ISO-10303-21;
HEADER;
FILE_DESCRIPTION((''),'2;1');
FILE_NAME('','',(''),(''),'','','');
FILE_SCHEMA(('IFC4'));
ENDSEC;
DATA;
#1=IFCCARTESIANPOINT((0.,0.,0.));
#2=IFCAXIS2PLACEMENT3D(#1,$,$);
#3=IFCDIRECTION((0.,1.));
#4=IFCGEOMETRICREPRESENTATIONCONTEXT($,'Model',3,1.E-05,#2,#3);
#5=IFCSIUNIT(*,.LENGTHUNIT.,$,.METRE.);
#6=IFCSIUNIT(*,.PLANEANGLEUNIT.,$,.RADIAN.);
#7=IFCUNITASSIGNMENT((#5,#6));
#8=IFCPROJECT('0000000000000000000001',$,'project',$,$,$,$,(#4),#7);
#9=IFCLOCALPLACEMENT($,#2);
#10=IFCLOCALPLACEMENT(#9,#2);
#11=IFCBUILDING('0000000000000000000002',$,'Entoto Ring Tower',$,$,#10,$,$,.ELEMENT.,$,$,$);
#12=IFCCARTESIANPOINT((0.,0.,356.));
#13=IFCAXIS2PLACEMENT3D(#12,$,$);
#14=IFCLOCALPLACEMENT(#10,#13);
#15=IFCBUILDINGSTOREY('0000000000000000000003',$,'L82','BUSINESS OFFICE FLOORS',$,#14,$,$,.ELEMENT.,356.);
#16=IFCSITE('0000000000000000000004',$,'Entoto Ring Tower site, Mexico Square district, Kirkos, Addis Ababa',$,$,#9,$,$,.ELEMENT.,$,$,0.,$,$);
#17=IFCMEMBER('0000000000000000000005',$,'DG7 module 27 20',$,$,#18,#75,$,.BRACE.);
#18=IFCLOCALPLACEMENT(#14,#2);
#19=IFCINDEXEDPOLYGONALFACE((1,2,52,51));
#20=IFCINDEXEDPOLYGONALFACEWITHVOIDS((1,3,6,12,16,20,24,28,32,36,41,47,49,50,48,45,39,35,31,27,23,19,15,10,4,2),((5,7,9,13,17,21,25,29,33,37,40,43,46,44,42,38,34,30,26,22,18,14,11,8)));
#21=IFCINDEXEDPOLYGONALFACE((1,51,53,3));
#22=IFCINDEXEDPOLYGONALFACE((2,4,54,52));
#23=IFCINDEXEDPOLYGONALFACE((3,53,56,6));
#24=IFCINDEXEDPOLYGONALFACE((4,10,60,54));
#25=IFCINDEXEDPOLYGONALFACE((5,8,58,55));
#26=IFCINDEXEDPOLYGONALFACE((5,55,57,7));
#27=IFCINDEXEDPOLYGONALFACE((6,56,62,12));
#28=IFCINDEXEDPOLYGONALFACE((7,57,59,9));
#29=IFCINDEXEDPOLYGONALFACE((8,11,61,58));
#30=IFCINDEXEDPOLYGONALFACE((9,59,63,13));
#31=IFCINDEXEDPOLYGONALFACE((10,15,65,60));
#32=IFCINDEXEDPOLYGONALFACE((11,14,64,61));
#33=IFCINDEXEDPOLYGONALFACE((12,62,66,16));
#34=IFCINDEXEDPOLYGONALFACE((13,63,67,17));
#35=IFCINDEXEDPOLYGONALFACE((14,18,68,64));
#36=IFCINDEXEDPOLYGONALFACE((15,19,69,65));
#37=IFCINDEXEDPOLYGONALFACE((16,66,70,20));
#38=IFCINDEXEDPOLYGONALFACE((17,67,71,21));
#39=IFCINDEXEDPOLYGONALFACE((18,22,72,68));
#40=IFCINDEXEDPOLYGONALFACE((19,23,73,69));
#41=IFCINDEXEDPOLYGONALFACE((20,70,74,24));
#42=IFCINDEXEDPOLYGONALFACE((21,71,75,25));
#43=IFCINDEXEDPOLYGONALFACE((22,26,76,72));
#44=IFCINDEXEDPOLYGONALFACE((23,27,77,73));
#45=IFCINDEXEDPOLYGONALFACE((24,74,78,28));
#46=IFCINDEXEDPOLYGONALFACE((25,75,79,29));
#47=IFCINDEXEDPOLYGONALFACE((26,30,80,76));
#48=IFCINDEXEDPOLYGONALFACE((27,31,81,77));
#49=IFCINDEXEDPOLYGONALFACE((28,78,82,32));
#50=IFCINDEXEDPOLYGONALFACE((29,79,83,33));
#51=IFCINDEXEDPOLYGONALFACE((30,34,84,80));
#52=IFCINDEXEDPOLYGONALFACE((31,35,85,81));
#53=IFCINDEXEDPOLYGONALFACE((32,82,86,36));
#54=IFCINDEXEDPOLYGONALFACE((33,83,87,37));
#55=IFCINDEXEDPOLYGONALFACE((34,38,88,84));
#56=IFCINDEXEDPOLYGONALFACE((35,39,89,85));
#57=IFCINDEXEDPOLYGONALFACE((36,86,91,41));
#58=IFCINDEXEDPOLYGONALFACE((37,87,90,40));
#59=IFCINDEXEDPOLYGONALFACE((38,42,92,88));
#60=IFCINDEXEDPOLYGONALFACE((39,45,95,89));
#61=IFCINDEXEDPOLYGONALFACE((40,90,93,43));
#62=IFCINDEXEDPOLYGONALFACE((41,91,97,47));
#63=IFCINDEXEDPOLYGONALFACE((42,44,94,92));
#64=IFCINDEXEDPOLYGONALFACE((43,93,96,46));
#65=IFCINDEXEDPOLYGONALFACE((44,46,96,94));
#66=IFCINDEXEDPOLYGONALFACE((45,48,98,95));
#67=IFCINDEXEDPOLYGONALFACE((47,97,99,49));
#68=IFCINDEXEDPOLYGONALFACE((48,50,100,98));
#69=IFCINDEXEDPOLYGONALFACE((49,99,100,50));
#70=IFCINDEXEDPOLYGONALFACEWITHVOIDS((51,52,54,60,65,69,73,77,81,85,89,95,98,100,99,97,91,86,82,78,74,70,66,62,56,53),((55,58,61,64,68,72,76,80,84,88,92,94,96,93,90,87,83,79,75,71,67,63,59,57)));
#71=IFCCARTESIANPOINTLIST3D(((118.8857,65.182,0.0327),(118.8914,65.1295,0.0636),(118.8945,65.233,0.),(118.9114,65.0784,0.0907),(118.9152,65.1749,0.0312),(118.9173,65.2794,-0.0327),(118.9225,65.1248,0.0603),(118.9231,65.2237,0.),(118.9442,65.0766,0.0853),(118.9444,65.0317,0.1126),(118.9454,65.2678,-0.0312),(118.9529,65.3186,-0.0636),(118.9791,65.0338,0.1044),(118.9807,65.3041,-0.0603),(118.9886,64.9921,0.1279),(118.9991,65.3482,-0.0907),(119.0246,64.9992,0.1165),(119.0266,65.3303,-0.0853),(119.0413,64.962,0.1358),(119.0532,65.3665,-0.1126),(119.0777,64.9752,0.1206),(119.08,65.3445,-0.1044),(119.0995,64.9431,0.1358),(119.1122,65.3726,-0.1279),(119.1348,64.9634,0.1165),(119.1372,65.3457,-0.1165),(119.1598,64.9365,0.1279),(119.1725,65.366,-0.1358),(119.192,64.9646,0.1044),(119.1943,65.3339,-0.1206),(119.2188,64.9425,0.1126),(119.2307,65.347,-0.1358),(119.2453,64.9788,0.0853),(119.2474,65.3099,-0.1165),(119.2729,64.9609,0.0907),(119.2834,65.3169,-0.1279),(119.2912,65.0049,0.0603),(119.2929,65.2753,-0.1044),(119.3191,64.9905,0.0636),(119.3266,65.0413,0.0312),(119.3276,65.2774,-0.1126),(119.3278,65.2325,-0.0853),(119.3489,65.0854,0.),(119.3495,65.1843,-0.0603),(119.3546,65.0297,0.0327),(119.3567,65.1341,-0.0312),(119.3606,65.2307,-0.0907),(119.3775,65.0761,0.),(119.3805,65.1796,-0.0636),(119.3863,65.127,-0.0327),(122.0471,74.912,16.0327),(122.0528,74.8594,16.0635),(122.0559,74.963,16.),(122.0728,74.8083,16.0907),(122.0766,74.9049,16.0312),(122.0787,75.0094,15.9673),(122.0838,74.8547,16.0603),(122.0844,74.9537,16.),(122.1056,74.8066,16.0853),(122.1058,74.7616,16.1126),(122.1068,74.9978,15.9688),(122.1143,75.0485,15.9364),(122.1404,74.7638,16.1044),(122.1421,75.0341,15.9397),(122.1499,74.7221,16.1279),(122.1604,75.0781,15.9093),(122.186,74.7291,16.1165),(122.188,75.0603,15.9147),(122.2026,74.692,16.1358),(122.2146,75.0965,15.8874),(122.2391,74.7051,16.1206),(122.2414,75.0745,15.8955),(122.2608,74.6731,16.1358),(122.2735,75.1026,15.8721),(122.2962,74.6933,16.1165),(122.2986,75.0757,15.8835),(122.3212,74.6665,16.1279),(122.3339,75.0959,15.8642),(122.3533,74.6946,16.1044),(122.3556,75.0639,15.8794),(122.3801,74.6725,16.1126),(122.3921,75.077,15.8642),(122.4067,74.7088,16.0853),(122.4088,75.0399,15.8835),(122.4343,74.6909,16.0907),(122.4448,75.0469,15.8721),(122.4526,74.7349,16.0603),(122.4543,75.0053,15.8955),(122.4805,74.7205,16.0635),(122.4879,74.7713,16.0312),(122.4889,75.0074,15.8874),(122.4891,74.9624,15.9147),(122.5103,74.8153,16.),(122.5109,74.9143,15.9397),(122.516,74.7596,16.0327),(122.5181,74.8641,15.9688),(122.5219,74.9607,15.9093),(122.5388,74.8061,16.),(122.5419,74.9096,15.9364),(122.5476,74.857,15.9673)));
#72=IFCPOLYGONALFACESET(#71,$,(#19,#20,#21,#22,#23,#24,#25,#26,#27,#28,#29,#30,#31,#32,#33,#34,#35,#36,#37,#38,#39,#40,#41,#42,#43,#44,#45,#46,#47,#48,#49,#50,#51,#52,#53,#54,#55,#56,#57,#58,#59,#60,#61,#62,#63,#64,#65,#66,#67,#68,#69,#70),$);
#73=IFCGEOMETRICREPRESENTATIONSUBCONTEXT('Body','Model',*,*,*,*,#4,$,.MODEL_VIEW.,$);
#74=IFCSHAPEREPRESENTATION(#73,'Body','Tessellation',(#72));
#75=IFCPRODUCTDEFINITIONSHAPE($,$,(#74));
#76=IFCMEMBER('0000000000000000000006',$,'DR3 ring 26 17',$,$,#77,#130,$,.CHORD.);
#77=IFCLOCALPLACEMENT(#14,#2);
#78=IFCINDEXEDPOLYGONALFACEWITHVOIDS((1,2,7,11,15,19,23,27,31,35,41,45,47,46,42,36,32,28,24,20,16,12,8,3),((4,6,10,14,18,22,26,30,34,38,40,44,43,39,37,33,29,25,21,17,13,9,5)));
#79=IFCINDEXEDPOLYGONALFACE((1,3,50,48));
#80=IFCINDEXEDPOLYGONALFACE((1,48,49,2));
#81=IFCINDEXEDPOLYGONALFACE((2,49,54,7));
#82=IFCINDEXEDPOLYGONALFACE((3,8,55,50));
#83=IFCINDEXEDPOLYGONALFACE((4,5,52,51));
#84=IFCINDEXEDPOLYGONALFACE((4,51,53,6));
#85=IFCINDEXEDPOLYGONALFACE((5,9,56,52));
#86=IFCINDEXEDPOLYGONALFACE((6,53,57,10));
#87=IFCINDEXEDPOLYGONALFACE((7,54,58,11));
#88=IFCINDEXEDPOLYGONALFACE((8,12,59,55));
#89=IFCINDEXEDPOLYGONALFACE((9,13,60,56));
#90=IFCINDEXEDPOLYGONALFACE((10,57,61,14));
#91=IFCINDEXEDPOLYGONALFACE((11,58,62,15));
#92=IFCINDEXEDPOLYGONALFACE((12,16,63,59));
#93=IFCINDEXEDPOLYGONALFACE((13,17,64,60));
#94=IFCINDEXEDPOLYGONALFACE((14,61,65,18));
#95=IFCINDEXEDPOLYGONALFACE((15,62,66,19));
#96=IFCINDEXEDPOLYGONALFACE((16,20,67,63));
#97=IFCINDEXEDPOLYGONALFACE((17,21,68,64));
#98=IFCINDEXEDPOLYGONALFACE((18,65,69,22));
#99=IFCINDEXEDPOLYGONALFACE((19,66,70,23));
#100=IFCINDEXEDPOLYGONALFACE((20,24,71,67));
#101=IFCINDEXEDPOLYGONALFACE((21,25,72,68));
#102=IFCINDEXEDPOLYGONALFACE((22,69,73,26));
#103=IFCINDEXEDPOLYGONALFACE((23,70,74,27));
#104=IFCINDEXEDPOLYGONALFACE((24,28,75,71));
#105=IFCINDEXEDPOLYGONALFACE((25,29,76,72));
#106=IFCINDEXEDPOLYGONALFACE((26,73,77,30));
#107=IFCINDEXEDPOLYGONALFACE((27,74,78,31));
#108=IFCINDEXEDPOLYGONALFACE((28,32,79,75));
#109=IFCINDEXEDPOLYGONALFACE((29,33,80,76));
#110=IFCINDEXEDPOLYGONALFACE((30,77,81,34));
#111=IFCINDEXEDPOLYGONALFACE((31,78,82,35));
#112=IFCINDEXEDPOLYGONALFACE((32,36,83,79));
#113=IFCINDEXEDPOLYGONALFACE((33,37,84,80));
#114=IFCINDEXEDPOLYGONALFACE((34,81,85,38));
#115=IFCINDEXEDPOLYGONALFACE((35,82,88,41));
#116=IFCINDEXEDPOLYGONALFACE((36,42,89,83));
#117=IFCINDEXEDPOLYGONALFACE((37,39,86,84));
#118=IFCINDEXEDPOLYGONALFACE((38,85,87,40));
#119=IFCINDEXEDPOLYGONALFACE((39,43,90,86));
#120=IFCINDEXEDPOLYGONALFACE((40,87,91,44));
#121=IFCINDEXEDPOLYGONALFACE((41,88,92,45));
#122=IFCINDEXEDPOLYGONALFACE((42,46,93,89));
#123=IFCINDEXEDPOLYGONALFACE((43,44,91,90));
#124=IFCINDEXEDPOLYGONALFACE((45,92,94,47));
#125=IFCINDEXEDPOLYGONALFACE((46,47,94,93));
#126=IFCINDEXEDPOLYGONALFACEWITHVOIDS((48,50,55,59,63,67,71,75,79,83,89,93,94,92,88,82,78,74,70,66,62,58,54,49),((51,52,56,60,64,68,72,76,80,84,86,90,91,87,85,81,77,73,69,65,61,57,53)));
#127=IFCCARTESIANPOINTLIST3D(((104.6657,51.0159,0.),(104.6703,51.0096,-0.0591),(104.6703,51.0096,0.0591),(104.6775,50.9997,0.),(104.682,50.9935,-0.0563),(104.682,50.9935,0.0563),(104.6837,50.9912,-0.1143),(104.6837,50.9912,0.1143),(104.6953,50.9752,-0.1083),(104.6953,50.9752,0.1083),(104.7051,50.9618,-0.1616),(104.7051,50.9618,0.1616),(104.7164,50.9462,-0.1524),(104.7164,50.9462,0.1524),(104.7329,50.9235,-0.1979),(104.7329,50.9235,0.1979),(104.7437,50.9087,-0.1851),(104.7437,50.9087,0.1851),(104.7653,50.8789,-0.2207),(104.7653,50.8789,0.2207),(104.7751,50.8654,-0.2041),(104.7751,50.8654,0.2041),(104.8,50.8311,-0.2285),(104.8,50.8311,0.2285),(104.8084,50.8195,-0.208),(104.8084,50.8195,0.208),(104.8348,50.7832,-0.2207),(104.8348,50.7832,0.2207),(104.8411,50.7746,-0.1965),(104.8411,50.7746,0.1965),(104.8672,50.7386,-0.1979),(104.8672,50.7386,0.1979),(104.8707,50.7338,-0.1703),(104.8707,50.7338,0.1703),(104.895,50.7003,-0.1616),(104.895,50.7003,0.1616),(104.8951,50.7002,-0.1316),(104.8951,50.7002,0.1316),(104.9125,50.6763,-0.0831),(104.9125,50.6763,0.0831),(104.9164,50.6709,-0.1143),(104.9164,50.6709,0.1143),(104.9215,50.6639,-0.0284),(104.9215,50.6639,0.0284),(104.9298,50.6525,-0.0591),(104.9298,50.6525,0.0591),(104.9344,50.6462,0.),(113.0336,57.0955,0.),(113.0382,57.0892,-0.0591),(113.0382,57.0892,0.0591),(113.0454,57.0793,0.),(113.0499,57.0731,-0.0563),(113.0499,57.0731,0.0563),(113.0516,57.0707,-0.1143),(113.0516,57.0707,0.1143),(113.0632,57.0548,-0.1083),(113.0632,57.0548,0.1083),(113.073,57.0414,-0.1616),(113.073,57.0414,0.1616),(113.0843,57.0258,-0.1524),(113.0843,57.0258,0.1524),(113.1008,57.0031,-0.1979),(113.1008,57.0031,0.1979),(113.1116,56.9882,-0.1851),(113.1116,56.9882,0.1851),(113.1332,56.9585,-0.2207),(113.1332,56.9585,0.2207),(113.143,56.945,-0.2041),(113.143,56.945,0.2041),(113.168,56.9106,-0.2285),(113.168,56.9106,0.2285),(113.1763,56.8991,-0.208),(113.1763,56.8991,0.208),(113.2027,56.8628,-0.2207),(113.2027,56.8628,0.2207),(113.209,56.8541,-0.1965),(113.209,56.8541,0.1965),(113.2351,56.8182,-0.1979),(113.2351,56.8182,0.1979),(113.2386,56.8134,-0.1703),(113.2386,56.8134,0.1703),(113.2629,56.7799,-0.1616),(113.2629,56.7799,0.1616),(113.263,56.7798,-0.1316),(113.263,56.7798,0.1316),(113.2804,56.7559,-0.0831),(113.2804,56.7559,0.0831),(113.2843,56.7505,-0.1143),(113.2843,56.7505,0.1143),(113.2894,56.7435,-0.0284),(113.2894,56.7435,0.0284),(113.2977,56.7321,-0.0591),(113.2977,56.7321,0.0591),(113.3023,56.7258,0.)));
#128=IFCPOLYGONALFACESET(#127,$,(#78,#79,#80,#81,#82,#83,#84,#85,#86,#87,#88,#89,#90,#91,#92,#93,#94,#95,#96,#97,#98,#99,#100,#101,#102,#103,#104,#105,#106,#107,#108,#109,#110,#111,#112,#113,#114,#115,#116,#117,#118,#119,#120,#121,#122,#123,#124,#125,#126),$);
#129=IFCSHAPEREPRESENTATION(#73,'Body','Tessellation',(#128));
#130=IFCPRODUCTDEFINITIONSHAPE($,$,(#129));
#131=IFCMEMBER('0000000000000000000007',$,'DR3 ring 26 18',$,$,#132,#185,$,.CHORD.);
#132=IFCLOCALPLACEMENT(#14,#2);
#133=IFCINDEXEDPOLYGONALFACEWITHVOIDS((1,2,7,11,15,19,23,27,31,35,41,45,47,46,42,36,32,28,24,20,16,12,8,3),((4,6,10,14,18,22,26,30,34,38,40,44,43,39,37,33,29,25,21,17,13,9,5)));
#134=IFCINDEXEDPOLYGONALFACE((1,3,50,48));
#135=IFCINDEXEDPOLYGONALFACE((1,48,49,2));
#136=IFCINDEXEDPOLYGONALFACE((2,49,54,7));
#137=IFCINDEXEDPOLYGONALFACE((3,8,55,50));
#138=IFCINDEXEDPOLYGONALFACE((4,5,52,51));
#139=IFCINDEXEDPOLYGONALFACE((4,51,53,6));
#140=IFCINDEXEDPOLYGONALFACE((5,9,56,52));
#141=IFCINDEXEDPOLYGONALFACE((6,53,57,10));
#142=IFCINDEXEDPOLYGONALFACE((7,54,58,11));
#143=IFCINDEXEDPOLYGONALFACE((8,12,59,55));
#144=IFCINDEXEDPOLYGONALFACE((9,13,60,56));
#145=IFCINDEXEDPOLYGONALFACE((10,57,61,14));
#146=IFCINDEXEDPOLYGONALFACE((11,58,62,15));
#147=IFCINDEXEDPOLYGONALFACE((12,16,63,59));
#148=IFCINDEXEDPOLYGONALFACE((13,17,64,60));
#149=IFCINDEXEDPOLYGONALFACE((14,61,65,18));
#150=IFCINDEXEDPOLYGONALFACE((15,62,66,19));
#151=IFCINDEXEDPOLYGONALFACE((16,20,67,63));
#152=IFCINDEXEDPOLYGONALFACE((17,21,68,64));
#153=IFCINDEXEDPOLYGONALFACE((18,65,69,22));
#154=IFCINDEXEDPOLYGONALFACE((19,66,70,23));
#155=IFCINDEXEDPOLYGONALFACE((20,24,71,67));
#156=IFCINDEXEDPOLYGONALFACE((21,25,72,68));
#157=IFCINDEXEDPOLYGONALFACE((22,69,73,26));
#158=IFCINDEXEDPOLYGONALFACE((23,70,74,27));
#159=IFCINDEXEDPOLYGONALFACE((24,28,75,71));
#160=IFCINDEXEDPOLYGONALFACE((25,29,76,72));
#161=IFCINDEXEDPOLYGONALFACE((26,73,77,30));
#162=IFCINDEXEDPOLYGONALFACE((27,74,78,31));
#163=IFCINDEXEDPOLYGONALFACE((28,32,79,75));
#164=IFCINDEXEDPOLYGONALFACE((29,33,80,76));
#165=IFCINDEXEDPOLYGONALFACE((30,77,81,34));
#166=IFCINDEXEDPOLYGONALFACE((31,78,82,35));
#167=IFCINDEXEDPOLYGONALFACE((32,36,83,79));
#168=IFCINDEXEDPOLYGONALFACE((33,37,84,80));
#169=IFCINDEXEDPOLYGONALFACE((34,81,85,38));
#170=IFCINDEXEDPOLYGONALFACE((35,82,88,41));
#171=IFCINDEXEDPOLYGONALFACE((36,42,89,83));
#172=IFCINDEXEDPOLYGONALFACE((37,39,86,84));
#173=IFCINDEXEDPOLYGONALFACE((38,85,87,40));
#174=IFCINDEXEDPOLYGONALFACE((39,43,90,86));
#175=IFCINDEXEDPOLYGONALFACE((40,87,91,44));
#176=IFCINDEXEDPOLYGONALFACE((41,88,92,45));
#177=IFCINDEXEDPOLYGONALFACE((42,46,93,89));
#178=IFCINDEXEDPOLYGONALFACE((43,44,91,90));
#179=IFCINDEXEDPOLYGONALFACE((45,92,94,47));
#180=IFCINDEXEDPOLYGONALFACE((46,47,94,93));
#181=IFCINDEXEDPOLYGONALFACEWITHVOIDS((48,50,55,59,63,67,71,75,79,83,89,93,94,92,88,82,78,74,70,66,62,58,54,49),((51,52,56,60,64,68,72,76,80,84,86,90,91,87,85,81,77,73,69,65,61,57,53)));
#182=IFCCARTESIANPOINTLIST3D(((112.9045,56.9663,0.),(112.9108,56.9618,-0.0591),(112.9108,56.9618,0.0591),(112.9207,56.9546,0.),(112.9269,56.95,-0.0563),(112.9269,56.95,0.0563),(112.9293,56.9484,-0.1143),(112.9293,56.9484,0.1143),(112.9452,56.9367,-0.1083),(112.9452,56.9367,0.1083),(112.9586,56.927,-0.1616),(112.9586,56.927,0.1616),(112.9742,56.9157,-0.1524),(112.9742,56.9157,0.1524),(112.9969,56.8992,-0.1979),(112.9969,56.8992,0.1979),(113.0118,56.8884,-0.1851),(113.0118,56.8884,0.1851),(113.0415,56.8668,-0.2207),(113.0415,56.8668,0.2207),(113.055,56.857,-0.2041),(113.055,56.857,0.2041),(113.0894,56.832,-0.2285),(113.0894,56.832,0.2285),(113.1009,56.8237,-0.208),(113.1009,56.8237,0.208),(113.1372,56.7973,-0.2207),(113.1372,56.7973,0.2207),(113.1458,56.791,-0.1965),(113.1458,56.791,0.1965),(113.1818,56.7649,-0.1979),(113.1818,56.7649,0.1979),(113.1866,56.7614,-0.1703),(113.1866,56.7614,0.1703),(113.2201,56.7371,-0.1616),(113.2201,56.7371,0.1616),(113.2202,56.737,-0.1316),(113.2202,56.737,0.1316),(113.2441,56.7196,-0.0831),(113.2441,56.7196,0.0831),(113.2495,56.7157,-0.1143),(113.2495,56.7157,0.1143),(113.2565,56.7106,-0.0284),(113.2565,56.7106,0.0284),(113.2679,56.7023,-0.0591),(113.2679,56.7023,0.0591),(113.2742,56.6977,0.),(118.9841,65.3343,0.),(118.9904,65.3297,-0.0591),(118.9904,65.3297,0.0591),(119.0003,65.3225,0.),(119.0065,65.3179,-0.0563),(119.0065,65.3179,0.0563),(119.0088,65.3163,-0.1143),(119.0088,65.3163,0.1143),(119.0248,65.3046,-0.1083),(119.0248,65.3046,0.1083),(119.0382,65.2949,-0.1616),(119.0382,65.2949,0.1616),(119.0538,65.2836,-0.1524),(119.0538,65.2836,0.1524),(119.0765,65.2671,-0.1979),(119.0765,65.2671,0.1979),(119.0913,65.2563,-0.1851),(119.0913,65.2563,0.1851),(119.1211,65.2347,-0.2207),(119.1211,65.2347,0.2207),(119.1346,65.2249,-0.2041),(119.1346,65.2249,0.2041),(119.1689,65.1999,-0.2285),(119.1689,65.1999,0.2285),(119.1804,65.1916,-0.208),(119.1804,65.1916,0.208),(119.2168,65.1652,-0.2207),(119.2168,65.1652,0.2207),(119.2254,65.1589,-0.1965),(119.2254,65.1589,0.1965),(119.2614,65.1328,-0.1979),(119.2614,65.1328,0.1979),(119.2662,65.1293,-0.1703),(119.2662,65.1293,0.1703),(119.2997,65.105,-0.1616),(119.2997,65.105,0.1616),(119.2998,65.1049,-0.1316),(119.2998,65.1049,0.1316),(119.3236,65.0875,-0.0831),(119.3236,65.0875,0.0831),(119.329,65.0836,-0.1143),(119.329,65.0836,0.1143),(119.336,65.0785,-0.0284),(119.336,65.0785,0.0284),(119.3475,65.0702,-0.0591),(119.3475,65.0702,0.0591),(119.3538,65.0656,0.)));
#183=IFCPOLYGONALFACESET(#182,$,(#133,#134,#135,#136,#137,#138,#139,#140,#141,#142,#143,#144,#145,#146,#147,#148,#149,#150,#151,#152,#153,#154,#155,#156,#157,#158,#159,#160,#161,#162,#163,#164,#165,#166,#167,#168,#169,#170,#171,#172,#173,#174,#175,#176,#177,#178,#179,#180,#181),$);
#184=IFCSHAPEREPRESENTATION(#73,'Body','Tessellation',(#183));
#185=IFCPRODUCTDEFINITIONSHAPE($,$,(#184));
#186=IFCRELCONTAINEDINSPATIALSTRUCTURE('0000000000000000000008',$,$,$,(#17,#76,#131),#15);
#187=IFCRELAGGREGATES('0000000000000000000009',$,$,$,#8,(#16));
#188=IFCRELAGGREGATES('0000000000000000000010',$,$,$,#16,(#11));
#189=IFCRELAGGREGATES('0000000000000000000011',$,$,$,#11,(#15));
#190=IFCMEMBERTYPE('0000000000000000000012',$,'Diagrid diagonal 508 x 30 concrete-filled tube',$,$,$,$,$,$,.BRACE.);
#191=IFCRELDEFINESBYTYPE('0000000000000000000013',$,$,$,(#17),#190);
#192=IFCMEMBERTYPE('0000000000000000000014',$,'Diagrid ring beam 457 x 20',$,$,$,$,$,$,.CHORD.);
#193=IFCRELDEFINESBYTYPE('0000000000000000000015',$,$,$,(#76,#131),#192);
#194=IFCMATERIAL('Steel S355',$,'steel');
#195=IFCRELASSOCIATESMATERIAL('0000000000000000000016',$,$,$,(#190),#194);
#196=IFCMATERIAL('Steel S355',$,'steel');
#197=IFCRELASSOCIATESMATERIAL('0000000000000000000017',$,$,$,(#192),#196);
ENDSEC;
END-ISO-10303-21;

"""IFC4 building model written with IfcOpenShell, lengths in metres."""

from ifc_helpers import new_model, si_unit, direction, frame, origin, origin_2d, place, context, subcontext, project, spatial, circle, hollow_circle, extrude, material, material_profile, profile_set, type_object, element, save


model = new_model("IFC4")

# Units and contexts
model_context = context("Model", 3, precision=1e-05, world=origin(), true_north=direction((0.0, 1.0)))
body_context = subcontext(model_context, "Body", "Model", "MODEL_VIEW")
ifc_project = project(units=[si_unit("LENGTHUNIT", "METRE"), si_unit("PLANEANGLEUNIT", "RADIAN")], contexts=[model_context])

# Site, building, storey
site_placement = place(None, origin())
site = spatial("IfcSite", under=ifc_project, at=site_placement, Name="Entoto Ring Tower site, Mexico Square district, Kirkos, Addis Ababa", CompositionType="ELEMENT", RefElevation=0.0)
building_placement = place(site_placement, origin())
building = spatial("IfcBuilding", under=site, at=building_placement, Name="Entoto Ring Tower", CompositionType="ELEMENT")
storey_placement = place(building_placement, frame((0.0, 0.0, 356.0)))
storey = spatial("IfcBuildingStorey", under=building, at=storey_placement, Name="L82", Description="BUSINESS OFFICE FLOORS", CompositionType="ELEMENT", Elevation=356.0)

# Members
ifc_material_1 = material(Name="Steel S355", Category="steel")
ifc_material_profile_1 = material_profile(ifc_material_1, hollow_circle(Radius=0.2539, WallThickness=0.03, at=origin_2d()), Name="CHS 508 x 30")
ifc_material_2 = material(Name="Concrete C60/75", Category="concrete")
ifc_material_profile_2 = material_profile(ifc_material_2, circle(Radius=0.2241, at=origin_2d()), Name="Concrete C60/75 infill")
ifc_profile_set_1 = profile_set([ifc_material_profile_1, ifc_material_profile_2], Name="Steel S355")
member_type_1 = type_object("IfcMemberType", Name="Diagrid diagonal 508 x 30 concrete-filled tube", PredefinedType="BRACE", material=ifc_profile_set_1)
for number, where, z_axis, x_axis, name in (
    (1, (119.136, 65.1545, 0.0), (0.166465, 0.512341, 0.842494), (-0.951059, 0.309009, 0.0), "DG7 module 27 20"),
):
    element("IfcMember", number, at=place(storey_placement, frame(where, z_axis=z_axis, x_axis=x_axis)), inside=storey, type_object=member_type_1, Name=name, PredefinedType="BRACE", context=body_context, shape_type="SweptSolid", body=[
        extrude(hollow_circle(Radius=0.2539, WallThickness=0.03, at=origin_2d()), origin(), (0.0, 0.0, 1.0), 18.9912),
    ])
ifc_material_3 = material(Name="Steel S355", Category="steel")
ifc_material_profile_3 = material_profile(ifc_material_3, hollow_circle(Radius=0.2285, WallThickness=0.02, at=origin_2d()), Name="CHS 457 x 20")
ifc_material_4 = material(Name="Concrete C60/75", Category="concrete")
ifc_material_profile_4 = material_profile(ifc_material_4, circle(Radius=0.2085, at=origin_2d()), Name="Concrete C60/75 infill")
ifc_profile_set_2 = profile_set([ifc_material_profile_3, ifc_material_profile_4], Name="Steel S355")
member_type_2 = type_object("IfcMemberType", Name="Diagrid ring beam 457 x 20", PredefinedType="CHORD", material=ifc_profile_set_2)
for number, where, z_axis, x_axis, name in (
    (2, (104.8, 50.8311, 0.0), (0.80902, 0.587781, 0.0), (-0.587781, 0.80902, 0.0), "DR3 ring 26 17"),
    (3, (113.0894, 56.832, 0.0), (0.587781, 0.80902, 0.0), (-0.80902, 0.587781, 0.0), "DR3 ring 26 18"),
):
    element("IfcMember", number, at=place(storey_placement, frame(where, z_axis=z_axis, x_axis=x_axis)), inside=storey, type_object=member_type_2, Name=name, PredefinedType="CHORD", context=body_context, shape_type="SweptSolid", body=[
        extrude(hollow_circle(Radius=0.2285, WallThickness=0.02, at=origin_2d()), origin(), (0.0, 0.0, 1.0), 10.3433),
    ])

save(model, "model.ifc")
